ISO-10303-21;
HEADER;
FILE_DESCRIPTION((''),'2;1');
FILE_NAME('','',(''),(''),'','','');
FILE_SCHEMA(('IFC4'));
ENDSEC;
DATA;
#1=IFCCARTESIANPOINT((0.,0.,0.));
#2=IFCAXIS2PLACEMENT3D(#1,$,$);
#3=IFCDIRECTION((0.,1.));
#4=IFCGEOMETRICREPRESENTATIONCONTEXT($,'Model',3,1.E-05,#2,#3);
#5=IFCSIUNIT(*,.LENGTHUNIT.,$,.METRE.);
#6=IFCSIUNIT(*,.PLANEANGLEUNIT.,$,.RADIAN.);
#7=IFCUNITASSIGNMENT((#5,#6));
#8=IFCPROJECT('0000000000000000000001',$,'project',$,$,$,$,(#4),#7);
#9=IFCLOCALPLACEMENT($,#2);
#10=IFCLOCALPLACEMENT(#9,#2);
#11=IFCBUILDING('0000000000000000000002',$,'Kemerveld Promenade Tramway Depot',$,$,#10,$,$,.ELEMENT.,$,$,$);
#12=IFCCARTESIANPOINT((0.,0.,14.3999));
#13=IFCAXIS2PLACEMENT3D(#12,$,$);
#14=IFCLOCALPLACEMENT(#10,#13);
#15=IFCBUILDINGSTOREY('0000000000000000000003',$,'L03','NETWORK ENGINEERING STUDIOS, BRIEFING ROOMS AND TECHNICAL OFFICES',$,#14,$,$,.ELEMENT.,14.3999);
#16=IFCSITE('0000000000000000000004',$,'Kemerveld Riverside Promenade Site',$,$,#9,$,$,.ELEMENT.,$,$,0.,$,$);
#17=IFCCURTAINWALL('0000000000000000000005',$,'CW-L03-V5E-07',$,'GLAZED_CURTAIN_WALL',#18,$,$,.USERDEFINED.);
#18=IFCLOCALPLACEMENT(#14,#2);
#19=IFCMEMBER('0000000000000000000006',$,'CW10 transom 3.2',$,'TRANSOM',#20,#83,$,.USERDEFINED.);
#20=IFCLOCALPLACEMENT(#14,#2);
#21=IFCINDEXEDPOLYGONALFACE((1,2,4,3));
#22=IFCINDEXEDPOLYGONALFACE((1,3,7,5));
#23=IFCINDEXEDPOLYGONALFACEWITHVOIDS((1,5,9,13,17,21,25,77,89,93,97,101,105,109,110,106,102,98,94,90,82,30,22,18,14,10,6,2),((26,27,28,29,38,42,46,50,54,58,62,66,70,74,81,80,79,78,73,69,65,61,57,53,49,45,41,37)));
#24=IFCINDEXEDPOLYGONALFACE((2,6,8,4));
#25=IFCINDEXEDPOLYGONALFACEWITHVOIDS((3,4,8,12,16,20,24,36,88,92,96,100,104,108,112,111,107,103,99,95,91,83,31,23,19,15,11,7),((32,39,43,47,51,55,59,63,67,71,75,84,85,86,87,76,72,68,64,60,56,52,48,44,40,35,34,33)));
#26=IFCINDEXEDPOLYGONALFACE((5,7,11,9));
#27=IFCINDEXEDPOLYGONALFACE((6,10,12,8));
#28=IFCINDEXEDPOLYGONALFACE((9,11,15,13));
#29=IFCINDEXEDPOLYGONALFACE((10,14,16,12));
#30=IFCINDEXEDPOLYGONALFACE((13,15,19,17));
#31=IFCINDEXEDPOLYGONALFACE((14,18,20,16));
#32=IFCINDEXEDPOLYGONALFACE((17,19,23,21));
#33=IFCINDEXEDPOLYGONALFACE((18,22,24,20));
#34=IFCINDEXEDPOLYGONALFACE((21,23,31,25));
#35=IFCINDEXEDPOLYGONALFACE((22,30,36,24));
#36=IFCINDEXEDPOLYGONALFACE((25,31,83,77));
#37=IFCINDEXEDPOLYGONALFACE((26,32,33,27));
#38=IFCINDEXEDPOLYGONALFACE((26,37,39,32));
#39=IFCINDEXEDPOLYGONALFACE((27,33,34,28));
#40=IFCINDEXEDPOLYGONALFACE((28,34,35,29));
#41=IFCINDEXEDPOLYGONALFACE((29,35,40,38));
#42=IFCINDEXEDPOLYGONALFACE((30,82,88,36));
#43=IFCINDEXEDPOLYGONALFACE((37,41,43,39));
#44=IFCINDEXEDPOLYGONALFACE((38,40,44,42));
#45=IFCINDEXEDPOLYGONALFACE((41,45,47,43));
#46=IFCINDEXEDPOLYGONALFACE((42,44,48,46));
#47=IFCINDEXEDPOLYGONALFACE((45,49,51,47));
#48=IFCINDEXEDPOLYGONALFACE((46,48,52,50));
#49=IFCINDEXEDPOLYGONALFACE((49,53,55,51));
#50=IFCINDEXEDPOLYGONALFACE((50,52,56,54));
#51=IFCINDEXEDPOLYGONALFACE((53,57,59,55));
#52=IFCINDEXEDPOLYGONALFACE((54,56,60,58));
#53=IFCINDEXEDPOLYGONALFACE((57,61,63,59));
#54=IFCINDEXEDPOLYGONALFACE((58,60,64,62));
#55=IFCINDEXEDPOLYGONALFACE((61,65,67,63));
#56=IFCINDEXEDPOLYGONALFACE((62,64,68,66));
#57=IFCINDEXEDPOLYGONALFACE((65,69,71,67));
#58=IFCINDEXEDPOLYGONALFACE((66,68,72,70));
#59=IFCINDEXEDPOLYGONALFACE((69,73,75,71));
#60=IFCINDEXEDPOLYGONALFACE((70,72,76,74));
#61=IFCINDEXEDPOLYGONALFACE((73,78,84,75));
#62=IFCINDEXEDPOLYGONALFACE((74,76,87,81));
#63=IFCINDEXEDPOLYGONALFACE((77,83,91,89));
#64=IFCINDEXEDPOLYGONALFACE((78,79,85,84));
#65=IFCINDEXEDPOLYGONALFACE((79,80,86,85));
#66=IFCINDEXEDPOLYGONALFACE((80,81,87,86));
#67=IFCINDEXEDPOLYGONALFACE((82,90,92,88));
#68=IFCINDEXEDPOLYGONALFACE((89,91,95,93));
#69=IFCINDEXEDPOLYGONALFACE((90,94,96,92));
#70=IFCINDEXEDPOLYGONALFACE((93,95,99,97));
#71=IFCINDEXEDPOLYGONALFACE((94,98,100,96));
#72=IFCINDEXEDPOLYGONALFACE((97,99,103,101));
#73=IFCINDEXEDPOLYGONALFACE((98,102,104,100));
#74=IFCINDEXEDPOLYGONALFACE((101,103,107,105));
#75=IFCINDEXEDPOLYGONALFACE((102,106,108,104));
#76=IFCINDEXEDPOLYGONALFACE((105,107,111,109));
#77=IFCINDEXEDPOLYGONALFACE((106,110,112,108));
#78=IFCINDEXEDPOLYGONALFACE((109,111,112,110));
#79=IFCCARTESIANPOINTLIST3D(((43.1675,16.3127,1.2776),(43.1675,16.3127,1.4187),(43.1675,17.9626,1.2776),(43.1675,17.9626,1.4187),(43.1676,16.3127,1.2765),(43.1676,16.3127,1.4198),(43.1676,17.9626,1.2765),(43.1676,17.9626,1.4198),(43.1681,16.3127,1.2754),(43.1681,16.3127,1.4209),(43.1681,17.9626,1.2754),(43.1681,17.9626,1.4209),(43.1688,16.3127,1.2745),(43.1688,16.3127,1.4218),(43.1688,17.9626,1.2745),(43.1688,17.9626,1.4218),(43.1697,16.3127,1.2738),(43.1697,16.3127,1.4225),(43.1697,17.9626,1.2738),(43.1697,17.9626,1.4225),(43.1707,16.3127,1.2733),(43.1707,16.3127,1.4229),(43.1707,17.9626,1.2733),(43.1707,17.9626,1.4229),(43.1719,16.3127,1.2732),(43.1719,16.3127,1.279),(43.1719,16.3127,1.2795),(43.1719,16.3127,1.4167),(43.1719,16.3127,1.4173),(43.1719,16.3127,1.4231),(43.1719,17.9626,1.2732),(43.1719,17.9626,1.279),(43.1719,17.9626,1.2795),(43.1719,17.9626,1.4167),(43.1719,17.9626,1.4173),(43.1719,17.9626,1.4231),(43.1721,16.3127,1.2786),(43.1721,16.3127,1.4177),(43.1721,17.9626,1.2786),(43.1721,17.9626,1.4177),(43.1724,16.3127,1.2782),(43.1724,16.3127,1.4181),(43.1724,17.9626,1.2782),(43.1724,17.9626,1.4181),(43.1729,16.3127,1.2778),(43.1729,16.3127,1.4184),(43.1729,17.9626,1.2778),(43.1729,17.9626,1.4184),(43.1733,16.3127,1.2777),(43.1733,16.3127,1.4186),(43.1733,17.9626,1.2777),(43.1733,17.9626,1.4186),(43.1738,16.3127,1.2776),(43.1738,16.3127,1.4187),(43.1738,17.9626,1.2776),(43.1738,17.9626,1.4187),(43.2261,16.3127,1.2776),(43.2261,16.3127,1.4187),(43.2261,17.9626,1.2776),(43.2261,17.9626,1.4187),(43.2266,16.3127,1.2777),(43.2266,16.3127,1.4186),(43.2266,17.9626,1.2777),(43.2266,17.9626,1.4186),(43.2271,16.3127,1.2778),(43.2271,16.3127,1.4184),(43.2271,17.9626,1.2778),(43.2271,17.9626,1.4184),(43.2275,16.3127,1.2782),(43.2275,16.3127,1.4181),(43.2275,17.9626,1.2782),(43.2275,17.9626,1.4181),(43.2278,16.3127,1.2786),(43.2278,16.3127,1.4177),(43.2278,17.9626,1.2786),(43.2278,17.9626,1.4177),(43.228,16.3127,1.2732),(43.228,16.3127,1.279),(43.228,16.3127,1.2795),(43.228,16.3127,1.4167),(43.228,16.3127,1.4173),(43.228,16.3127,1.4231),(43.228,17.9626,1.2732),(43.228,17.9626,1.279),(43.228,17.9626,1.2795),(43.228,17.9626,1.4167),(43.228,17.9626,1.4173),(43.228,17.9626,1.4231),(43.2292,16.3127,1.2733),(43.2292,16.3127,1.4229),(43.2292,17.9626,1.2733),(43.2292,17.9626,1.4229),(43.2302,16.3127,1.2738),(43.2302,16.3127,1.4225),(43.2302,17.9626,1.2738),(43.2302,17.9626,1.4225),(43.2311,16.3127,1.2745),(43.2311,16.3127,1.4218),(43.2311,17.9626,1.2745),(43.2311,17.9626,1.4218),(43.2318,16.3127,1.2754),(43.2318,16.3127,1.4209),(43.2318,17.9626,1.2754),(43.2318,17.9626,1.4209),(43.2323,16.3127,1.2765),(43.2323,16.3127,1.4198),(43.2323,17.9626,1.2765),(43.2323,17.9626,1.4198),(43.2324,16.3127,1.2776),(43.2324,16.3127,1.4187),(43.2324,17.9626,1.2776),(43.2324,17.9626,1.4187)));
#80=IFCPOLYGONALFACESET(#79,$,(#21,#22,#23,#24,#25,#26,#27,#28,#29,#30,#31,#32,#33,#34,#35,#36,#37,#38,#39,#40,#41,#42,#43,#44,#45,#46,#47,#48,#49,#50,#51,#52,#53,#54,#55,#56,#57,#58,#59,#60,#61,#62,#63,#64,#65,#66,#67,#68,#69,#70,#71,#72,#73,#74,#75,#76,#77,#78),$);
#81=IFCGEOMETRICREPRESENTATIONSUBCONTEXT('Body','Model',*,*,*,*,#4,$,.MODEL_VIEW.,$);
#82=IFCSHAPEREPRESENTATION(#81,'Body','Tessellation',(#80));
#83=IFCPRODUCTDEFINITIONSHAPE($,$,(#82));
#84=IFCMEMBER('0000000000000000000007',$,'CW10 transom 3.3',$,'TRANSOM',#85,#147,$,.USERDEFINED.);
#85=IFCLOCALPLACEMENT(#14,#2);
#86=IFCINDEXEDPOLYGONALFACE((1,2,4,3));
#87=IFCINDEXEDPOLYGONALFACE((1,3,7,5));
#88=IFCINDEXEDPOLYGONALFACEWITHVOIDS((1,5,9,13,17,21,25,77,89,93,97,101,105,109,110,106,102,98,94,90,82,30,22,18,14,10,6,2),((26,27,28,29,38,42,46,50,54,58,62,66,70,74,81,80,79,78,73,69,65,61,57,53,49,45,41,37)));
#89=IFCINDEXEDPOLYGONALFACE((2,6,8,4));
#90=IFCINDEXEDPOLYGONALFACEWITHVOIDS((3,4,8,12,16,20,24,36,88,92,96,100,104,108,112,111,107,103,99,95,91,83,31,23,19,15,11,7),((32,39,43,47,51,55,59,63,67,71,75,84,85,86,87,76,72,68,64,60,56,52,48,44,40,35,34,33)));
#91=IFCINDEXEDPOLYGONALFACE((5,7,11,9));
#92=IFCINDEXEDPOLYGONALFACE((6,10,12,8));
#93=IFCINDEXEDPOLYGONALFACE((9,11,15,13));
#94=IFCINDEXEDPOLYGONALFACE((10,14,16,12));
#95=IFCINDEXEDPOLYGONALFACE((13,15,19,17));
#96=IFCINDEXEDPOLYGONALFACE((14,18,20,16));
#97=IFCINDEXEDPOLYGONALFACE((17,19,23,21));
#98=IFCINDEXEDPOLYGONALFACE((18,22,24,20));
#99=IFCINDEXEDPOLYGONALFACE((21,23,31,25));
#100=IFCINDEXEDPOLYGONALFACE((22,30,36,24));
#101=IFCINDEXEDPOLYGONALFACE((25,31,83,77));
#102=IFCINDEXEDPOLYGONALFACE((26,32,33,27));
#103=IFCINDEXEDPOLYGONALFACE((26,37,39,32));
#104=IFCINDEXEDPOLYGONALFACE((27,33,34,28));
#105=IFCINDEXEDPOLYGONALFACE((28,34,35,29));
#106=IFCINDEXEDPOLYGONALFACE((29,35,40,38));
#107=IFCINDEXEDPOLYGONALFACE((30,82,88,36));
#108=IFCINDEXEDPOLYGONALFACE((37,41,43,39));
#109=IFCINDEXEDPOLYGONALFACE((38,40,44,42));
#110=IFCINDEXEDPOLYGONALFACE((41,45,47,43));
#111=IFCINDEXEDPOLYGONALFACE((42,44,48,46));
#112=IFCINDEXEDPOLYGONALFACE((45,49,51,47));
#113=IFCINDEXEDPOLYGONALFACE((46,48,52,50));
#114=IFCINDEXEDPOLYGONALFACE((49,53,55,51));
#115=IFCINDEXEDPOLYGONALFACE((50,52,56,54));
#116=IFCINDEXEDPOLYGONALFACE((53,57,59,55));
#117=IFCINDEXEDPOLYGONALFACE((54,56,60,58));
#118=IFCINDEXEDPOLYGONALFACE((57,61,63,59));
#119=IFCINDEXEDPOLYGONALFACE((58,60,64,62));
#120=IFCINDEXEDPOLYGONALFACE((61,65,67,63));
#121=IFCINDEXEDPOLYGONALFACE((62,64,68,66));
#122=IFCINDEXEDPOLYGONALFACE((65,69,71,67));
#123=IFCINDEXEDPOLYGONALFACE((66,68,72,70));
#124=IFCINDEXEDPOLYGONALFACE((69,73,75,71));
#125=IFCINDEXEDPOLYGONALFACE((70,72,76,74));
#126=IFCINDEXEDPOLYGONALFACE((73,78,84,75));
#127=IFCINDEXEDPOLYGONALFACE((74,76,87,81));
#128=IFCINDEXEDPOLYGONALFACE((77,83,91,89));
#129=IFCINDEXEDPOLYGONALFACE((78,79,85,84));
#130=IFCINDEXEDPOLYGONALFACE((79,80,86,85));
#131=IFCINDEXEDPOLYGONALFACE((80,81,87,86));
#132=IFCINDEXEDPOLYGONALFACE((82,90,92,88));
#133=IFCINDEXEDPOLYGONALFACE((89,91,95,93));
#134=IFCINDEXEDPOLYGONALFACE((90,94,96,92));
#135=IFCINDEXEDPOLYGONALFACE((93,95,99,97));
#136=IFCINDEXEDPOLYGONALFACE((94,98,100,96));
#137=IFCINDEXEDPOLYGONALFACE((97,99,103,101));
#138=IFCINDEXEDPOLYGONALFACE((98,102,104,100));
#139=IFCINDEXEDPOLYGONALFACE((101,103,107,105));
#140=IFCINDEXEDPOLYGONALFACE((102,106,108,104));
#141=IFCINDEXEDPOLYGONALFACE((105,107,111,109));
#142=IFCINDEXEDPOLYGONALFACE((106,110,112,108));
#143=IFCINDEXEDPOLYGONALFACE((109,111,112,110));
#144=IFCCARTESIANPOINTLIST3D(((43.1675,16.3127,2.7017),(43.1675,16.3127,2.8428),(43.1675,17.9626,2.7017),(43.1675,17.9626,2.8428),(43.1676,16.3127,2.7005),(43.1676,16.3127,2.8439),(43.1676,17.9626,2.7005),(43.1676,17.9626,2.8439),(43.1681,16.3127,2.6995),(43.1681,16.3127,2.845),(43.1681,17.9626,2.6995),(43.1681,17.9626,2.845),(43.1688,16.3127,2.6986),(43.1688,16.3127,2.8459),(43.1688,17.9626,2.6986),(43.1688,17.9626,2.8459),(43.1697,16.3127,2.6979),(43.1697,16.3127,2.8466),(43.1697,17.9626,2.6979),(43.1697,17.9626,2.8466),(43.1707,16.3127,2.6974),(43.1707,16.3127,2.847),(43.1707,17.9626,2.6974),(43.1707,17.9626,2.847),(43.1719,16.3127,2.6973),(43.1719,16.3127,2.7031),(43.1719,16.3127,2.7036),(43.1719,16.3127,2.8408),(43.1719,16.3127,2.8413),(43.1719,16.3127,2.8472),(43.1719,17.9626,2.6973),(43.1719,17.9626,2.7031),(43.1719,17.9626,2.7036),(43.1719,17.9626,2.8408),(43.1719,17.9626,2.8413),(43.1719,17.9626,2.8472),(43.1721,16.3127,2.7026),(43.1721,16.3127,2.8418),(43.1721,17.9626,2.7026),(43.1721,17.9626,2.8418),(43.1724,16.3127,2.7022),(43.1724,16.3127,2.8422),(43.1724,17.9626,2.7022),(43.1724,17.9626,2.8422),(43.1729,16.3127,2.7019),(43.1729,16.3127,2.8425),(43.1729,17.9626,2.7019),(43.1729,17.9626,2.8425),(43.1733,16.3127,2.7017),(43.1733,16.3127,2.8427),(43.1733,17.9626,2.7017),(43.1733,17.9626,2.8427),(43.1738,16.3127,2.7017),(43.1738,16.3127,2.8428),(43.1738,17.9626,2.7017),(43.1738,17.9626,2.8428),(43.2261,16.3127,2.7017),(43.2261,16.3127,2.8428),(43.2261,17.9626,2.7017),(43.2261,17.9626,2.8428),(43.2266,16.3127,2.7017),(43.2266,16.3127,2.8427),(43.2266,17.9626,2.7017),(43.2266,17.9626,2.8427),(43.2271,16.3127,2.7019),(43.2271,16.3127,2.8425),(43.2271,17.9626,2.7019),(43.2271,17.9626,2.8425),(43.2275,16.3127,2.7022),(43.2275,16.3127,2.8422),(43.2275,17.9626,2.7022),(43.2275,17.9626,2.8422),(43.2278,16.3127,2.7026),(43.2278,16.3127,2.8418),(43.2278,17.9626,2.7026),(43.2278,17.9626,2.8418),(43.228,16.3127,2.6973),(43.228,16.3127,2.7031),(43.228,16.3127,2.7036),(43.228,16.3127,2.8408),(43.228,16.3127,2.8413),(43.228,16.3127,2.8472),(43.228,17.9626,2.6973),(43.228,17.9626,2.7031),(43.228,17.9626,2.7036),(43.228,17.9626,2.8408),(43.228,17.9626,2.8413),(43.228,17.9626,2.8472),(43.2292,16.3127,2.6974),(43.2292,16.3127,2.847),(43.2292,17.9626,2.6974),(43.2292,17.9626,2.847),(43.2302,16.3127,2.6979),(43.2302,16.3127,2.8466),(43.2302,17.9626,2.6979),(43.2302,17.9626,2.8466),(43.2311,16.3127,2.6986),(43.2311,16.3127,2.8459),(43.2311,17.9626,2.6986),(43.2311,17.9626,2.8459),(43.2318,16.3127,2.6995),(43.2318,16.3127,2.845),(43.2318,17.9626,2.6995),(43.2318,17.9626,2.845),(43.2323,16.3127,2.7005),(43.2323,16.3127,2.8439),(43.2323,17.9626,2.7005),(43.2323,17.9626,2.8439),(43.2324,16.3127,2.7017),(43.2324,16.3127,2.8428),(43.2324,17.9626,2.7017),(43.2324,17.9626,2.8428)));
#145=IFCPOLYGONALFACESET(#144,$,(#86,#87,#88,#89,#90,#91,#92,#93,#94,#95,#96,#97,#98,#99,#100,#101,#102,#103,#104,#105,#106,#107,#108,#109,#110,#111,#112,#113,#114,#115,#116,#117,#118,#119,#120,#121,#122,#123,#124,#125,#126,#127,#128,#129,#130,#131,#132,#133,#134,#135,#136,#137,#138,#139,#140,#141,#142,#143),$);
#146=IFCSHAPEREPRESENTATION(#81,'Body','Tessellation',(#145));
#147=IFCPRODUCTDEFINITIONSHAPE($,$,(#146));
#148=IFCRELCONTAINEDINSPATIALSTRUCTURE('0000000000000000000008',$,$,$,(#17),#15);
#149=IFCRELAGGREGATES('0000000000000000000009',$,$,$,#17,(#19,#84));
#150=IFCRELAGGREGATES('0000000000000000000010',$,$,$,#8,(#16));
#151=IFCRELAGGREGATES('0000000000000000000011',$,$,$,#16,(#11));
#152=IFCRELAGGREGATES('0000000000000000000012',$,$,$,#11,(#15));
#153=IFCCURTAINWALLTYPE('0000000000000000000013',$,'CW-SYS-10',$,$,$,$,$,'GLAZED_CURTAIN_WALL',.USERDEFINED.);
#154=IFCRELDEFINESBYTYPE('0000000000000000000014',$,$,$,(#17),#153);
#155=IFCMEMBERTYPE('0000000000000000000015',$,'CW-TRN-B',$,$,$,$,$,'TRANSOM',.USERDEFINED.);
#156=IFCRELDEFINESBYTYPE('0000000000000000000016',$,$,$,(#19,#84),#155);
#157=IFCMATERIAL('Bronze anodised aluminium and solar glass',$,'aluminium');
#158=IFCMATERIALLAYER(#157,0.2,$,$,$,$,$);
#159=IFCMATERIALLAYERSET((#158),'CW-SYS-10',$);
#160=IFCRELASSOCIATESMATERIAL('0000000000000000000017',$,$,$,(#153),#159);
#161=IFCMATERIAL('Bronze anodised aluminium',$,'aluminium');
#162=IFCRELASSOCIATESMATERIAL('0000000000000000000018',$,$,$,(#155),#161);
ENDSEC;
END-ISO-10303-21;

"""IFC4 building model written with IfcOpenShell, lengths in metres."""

from ifc_helpers import new_model, si_unit, direction, frame, origin, origin_2d, place, context, subcontext, project, spatial, hollow_rectangle, extrude, material, layer, layer_set, material_profile, profile_set, type_object, element, aggregate, save


model = new_model("IFC4")

# Units and contexts
model_context = context("Model", 3, precision=1e-05, world=origin(), true_north=direction((0.0, 1.0)))
body_context = subcontext(model_context, "Body", "Model", "MODEL_VIEW")
ifc_project = project(units=[si_unit("LENGTHUNIT", "METRE"), si_unit("PLANEANGLEUNIT", "RADIAN")], contexts=[model_context])

# Site, building, storey
site_placement = place(None, origin())
site = spatial("IfcSite", under=ifc_project, at=site_placement, Name="Kemerveld Riverside Promenade Site", CompositionType="ELEMENT", RefElevation=0.0)
building_placement = place(site_placement, origin())
building = spatial("IfcBuilding", under=site, at=building_placement, Name="Kemerveld Promenade Tramway Depot", CompositionType="ELEMENT")
storey_placement = place(building_placement, frame((0.0, 0.0, 14.3999)))
storey = spatial("IfcBuildingStorey", under=building, at=storey_placement, Name="L03", Description="NETWORK ENGINEERING STUDIOS, BRIEFING ROOMS AND TECHNICAL OFFICES", CompositionType="ELEMENT", Elevation=14.3999)

# Curtain wall
ifc_material_1 = material(Name="Bronze anodised aluminium and solar glass", Category="aluminium")
ifc_layer_1 = layer(ifc_material_1, 0.2)
ifc_layer_set_1 = layer_set([ifc_layer_1], Name="CW-SYS-10")
curtain_wall_type_1 = type_object("IfcCurtainWallType", Name="CW-SYS-10", ElementType="GLAZED_CURTAIN_WALL", PredefinedType="USERDEFINED", material=ifc_layer_set_1)
curtain_wall_1_placement = place(storey_placement, origin())
curtain_wall_1 = element("IfcCurtainWall", 1, at=curtain_wall_1_placement, inside=storey, type_object=curtain_wall_type_1, Name="CW-L03-V5E-07", ObjectType="GLAZED_CURTAIN_WALL", PredefinedType="USERDEFINED")
ifc_material_2 = material(Name="Bronze anodised aluminium", Category="aluminium")

# Members
ifc_material_profile_1 = material_profile(ifc_material_2, hollow_rectangle(XDim=0.0649, YDim=0.1499, WallThickness=0.0044, InnerFilletRadius=0.002, OuterFilletRadius=0.0044, at=origin_2d()), Name="CW-TRN-150x65")
ifc_profile_set_1 = profile_set([ifc_material_profile_1], Name="Bronze anodised aluminium")
member_type_1 = type_object("IfcMemberType", Name="CW-TRN-B", ElementType="TRANSOM", PredefinedType="USERDEFINED", material=ifc_profile_set_1)
member_1_placement = place(storey_placement, frame((43.2, 17.9626, 1.3481), z_axis=(0.0, -1.0, 0.0), x_axis=(1.0, 0.0, 0.0)))
member_1 = element("IfcMember", 2, at=member_1_placement, type_object=member_type_1, Name="CW10 transom 3.2", ObjectType="TRANSOM", PredefinedType="USERDEFINED", context=body_context, shape_type="SweptSolid", body=[
    extrude(hollow_rectangle(XDim=0.0649, YDim=0.1499, WallThickness=0.0044, InnerFilletRadius=0.002, OuterFilletRadius=0.0044, at=origin_2d()), origin(), (0.0, 0.0, 1.0), 1.6499),
])
member_2_placement = place(storey_placement, frame((43.2, 17.9626, 2.7722), z_axis=(0.0, -1.0, 0.0), x_axis=(1.0, 0.0, 0.0)))
member_2 = element("IfcMember", 3, at=member_2_placement, type_object=member_type_1, Name="CW10 transom 3.3", ObjectType="TRANSOM", PredefinedType="USERDEFINED", context=body_context, shape_type="SweptSolid", body=[
    extrude(hollow_rectangle(XDim=0.0649, YDim=0.1499, WallThickness=0.0044, InnerFilletRadius=0.002, OuterFilletRadius=0.0044, at=origin_2d()), origin(), (0.0, 0.0, 1.0), 1.6499),
])

aggregate(curtain_wall_1, [member_1, member_2])

save(model, "model.ifc")
